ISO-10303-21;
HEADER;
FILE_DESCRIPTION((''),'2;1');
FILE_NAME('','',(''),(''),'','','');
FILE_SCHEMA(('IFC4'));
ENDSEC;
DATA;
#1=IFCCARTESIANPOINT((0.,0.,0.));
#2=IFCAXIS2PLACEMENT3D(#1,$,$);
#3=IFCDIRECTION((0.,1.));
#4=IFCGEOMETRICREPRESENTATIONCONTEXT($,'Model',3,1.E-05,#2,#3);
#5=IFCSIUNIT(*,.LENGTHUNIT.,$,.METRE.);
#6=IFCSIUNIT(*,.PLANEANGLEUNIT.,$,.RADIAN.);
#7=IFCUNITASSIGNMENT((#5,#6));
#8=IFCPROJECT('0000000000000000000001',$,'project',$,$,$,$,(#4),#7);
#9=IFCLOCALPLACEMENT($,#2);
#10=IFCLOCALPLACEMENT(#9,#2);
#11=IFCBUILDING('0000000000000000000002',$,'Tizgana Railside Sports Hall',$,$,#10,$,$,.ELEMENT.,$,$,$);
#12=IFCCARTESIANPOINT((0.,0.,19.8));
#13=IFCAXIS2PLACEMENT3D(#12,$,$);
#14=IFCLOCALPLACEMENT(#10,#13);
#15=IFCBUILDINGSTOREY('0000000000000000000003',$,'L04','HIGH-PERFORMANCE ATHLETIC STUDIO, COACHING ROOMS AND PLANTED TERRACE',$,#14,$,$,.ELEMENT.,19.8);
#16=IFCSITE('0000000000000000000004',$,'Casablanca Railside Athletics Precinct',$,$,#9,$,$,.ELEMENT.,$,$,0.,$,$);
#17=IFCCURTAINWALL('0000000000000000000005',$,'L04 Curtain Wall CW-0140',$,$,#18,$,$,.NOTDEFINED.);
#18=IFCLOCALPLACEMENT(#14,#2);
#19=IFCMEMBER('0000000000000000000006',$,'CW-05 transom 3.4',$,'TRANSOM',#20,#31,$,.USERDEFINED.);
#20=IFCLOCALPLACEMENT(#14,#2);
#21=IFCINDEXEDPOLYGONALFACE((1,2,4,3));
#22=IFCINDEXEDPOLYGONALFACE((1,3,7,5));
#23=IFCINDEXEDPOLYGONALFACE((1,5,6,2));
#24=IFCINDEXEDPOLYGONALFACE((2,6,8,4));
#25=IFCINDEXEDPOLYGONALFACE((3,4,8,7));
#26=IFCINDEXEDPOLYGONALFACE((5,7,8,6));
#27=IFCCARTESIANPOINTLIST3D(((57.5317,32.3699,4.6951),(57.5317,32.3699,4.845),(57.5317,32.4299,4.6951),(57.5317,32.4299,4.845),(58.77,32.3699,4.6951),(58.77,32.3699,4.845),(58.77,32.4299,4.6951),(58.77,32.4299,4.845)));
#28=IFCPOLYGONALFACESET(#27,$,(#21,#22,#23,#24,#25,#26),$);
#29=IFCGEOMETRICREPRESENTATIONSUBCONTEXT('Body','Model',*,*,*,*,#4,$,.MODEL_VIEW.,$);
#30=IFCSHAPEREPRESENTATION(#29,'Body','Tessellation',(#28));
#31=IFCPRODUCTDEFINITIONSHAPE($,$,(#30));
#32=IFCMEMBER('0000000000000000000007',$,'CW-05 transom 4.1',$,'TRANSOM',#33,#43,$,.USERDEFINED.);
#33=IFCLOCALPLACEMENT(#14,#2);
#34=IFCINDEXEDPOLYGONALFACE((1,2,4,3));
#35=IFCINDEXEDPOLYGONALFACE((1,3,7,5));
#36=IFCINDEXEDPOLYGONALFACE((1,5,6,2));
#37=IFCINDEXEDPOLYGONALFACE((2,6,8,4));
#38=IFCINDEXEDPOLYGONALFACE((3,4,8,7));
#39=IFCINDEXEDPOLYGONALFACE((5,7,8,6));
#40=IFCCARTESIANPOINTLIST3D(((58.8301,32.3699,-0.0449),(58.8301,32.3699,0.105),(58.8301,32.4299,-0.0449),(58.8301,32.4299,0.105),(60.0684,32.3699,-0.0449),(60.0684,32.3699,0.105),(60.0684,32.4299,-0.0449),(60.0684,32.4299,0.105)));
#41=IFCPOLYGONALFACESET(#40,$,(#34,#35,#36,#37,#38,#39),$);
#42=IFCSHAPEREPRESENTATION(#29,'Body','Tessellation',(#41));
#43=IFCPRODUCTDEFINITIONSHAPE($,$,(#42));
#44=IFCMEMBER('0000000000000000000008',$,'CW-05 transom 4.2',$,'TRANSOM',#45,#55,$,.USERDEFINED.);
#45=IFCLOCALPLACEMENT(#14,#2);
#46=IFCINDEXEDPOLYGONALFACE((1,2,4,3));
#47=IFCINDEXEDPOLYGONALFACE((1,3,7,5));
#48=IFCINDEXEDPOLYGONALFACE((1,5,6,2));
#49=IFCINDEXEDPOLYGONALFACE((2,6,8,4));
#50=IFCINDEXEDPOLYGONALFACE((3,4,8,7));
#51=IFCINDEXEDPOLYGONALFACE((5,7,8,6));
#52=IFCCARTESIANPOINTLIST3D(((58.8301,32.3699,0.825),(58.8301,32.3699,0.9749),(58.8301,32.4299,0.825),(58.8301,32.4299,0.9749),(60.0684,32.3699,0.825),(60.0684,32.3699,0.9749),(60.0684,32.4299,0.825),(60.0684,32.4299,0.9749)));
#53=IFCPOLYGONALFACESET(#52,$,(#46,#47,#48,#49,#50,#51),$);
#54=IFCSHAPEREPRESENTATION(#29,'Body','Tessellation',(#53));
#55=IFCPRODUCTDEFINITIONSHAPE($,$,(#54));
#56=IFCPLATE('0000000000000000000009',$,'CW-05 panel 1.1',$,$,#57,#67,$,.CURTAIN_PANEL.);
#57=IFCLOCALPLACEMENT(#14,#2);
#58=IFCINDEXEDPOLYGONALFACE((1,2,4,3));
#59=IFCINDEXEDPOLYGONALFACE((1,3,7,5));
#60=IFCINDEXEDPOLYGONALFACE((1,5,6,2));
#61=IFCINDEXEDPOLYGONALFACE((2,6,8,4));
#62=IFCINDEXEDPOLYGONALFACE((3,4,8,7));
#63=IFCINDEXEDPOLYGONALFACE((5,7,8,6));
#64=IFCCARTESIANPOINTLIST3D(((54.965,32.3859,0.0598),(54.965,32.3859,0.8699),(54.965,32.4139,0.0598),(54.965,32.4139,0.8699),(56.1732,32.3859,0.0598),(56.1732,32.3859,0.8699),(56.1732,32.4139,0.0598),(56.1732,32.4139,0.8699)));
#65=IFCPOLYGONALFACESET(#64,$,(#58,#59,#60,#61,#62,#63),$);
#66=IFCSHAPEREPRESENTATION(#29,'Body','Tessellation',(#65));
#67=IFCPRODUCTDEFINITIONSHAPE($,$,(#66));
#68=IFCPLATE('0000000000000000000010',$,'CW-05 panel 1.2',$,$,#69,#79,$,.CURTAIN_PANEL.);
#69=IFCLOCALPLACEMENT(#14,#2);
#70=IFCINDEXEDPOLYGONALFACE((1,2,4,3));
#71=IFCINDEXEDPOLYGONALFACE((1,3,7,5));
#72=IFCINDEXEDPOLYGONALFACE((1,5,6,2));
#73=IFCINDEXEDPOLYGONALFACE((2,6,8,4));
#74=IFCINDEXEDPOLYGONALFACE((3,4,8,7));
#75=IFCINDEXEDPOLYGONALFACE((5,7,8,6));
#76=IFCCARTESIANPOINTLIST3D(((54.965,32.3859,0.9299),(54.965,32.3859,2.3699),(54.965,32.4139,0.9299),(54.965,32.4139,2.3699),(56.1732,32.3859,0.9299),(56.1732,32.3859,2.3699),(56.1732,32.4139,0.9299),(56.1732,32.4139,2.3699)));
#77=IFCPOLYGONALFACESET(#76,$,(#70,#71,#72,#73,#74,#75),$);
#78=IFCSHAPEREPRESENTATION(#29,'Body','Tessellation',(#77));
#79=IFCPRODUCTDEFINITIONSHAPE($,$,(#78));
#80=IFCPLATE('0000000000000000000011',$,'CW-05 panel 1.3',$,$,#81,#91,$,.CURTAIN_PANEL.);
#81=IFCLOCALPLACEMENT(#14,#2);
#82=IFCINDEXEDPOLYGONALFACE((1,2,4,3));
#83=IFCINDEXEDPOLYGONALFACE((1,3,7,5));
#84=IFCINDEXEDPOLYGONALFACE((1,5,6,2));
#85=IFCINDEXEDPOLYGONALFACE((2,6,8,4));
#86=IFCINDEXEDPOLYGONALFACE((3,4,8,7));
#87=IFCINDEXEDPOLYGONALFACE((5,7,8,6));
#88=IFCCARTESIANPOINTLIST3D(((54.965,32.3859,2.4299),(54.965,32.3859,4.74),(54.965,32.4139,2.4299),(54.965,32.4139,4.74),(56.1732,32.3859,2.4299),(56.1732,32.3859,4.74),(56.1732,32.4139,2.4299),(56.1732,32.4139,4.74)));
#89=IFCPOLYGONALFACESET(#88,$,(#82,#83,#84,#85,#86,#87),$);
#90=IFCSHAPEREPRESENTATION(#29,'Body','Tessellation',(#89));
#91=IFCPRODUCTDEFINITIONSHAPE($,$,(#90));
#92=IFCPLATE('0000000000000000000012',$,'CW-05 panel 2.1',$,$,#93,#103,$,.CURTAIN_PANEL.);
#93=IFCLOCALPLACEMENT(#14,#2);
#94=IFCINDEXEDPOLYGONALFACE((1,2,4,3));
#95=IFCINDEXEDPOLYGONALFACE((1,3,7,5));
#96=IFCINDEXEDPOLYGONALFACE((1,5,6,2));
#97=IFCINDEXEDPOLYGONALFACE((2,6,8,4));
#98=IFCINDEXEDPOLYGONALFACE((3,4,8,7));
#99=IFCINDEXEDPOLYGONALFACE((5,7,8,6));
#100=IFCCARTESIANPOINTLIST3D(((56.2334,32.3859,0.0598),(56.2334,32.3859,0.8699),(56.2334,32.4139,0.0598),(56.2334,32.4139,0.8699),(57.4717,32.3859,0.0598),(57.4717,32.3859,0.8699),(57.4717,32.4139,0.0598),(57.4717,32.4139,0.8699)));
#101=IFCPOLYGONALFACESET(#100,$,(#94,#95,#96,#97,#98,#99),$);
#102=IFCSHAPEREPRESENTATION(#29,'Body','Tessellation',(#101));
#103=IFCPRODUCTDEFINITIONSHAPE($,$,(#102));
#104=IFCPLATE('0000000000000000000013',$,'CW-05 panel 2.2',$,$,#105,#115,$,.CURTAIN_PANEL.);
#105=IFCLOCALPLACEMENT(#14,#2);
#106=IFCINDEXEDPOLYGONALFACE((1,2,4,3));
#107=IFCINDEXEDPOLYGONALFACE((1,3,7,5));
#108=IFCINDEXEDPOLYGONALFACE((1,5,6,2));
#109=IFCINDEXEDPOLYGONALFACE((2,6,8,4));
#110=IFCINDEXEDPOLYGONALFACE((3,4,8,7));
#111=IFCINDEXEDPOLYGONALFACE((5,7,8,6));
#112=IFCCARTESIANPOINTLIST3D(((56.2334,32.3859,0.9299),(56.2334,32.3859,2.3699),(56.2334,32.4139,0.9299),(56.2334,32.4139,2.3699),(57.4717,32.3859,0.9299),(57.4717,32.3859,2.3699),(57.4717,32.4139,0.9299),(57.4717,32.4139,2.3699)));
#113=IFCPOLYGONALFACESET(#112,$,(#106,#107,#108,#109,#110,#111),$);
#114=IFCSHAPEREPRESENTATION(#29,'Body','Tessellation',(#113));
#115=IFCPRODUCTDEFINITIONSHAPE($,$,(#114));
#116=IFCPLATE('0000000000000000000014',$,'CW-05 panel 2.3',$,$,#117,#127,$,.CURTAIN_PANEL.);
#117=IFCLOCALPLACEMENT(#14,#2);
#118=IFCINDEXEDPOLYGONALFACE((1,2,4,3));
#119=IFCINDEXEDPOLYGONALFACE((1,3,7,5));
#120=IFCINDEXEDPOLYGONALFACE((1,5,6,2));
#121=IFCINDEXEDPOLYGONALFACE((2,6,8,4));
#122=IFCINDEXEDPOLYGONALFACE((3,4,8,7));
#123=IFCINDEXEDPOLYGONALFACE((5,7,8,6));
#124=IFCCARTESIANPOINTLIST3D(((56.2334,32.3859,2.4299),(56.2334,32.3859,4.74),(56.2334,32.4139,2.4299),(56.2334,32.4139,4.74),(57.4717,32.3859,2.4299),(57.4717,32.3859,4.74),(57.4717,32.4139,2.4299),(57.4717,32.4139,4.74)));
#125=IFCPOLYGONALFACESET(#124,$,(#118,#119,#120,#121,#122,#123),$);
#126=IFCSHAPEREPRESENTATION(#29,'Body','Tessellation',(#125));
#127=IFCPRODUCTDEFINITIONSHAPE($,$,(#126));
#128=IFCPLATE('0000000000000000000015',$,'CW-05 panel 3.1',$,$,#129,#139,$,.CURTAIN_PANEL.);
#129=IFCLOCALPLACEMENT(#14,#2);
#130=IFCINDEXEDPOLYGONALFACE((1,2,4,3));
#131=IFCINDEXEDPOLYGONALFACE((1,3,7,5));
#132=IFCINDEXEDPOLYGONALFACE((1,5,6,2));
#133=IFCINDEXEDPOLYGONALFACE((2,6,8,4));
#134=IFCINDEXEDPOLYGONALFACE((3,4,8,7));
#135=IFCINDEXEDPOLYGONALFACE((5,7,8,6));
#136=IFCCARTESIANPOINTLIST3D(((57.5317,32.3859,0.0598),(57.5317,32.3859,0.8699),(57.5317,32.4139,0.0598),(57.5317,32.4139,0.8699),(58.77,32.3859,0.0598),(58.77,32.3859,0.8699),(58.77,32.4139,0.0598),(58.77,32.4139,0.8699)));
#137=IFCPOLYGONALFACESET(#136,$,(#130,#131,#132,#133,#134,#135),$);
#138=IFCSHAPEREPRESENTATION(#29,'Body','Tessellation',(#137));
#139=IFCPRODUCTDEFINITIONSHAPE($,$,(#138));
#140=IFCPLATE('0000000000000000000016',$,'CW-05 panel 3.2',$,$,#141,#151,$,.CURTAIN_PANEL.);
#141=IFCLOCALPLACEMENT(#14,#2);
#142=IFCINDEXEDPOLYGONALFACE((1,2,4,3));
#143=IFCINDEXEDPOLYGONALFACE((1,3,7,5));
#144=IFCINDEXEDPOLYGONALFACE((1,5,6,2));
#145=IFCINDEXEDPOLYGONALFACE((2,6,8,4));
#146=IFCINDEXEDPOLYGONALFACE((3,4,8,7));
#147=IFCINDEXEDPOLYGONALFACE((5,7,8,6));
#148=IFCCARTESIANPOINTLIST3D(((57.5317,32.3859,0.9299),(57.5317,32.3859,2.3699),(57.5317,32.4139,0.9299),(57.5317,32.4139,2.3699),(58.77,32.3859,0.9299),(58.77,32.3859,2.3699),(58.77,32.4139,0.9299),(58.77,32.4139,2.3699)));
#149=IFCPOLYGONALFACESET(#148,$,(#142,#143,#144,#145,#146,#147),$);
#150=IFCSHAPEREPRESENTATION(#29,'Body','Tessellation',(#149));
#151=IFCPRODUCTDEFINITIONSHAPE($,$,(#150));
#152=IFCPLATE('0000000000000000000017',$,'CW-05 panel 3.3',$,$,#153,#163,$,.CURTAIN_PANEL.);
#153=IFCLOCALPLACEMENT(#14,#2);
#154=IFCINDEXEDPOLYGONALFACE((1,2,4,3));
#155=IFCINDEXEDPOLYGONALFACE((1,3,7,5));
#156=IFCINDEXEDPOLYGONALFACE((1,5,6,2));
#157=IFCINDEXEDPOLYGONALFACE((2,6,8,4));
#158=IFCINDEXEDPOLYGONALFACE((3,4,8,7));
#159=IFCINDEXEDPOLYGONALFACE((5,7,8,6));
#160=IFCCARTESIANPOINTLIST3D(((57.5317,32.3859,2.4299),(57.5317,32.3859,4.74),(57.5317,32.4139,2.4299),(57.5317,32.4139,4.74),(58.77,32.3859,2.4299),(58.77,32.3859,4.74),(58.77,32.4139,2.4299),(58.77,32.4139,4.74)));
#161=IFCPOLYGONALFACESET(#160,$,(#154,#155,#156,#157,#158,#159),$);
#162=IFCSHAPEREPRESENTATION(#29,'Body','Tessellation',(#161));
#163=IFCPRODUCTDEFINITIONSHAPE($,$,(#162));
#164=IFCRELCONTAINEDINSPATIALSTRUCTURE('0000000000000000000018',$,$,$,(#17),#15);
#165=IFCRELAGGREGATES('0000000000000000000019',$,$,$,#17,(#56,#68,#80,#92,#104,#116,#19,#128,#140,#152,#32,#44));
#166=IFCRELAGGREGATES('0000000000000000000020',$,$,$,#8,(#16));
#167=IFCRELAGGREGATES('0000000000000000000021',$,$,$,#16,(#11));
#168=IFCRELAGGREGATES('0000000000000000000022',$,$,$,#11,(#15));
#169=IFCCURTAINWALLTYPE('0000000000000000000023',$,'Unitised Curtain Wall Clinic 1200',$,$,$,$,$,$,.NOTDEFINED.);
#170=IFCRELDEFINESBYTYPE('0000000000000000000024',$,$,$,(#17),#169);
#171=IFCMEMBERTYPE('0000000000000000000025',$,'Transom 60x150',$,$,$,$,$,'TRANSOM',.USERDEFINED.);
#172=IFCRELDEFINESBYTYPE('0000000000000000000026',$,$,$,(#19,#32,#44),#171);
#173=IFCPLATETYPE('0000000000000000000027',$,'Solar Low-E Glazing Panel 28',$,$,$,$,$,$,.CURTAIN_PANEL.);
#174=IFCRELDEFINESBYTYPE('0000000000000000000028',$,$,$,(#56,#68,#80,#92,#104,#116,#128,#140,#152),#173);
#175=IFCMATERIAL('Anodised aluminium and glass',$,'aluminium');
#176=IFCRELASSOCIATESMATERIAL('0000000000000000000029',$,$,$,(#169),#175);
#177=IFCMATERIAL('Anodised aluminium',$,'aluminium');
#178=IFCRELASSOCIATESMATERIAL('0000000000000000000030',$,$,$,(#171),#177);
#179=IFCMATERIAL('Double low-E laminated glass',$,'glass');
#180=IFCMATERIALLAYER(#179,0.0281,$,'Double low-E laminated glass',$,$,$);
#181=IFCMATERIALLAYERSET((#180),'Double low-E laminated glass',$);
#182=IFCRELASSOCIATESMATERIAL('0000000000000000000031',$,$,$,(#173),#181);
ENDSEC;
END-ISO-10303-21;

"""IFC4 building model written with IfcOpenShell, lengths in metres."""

from ifc_helpers import new_model, si_unit, direction, frame, origin, origin_2d, place, context, subcontext, project, spatial, rectangle, extrude, material, layer, layer_set, material_profile, profile_set, type_object, element, aggregate, save


model = new_model("IFC4")

# Units and contexts
model_context = context("Model", 3, precision=1e-05, world=origin(), true_north=direction((0.0, 1.0)))
body_context = subcontext(model_context, "Body", "Model", "MODEL_VIEW")
ifc_project = project(units=[si_unit("LENGTHUNIT", "METRE"), si_unit("PLANEANGLEUNIT", "RADIAN")], contexts=[model_context])

# Site, building, storey
site_placement = place(None, origin())
site = spatial("IfcSite", under=ifc_project, at=site_placement, Name="Casablanca Railside Athletics Precinct", CompositionType="ELEMENT", RefElevation=0.0)
building_placement = place(site_placement, origin())
building = spatial("IfcBuilding", under=site, at=building_placement, Name="Tizgana Railside Sports Hall", CompositionType="ELEMENT")
storey_placement = place(building_placement, frame((0.0, 0.0, 19.8)))
storey = spatial("IfcBuildingStorey", under=building, at=storey_placement, Name="L04", Description="HIGH-PERFORMANCE ATHLETIC STUDIO, COACHING ROOMS AND PLANTED TERRACE", CompositionType="ELEMENT", Elevation=19.8)

# Curtain wall
ifc_material_1 = material(Name="Anodised aluminium and glass", Category="aluminium")
curtain_wall_type = type_object("IfcCurtainWallType", Name="Unitised Curtain Wall Clinic 1200", PredefinedType="NOTDEFINED", material=ifc_material_1)
curtain_wall_placement = place(storey_placement, origin())
curtain_wall = element("IfcCurtainWall", 1, at=curtain_wall_placement, inside=storey, type_object=curtain_wall_type, Name="L04 Curtain Wall CW-0140", PredefinedType="NOTDEFINED")
ifc_material_2 = material(Name="Anodised aluminium", Category="aluminium")

# Members
ifc_material_profile_1 = material_profile(ifc_material_2, rectangle(XDim=0.0601, YDim=0.1499, at=origin_2d()), Name="Transom 60x150")
ifc_profile_set_1 = profile_set([ifc_material_profile_1], Name="Anodised aluminium")
member_type_1 = type_object("IfcMemberType", Name="Transom 60x150", ElementType="TRANSOM", PredefinedType="USERDEFINED", material=ifc_profile_set_1)
member_1_placement = place(storey_placement, frame((57.5317, 32.3999, 4.77), z_axis=(1.0, 0.0, 0.0), x_axis=(0.0, 1.0, 0.0)))
member_1 = element("IfcMember", 2, at=member_1_placement, type_object=member_type_1, Name="CW-05 transom 3.4", ObjectType="TRANSOM", PredefinedType="USERDEFINED", context=body_context, shape_type="SweptSolid", body=[
    extrude(rectangle(XDim=0.0601, YDim=0.1499, at=origin_2d()), origin(), (0.0, 0.0, 1.0), 1.2383),
])
member_2_placement = place(storey_placement, frame((58.8301, 32.3999, 0.03), z_axis=(1.0, 0.0, 0.0), x_axis=(0.0, 1.0, 0.0)))
member_2 = element("IfcMember", 3, at=member_2_placement, type_object=member_type_1, Name="CW-05 transom 4.1", ObjectType="TRANSOM", PredefinedType="USERDEFINED", context=body_context, shape_type="SweptSolid", body=[
    extrude(rectangle(XDim=0.0601, YDim=0.1499, at=origin_2d()), origin(), (0.0, 0.0, 1.0), 1.2383),
])
member_3_placement = place(storey_placement, frame((58.8301, 32.3999, 0.8999), z_axis=(1.0, 0.0, 0.0), x_axis=(0.0, 1.0, 0.0)))
member_3 = element("IfcMember", 4, at=member_3_placement, type_object=member_type_1, Name="CW-05 transom 4.2", ObjectType="TRANSOM", PredefinedType="USERDEFINED", context=body_context, shape_type="SweptSolid", body=[
    extrude(rectangle(XDim=0.0601, YDim=0.1499, at=origin_2d()), origin(), (0.0, 0.0, 1.0), 1.2383),
])

# Plates
ifc_material_3 = material(Name="Double low-E laminated glass", Category="glass")
ifc_layer_1 = layer(ifc_material_3, 0.0281, Name="Double low-E laminated glass")
ifc_layer_set_1 = layer_set([ifc_layer_1], Name="Double low-E laminated glass")
plate_type = type_object("IfcPlateType", Name="Solar Low-E Glazing Panel 28", PredefinedType="CURTAIN_PANEL", material=ifc_layer_set_1)
plate_1_placement = place(storey_placement, frame((55.5691, 32.3999, 0.0598), z_axis=(0.0, 0.0, 1.0), x_axis=(1.0, 0.0, 0.0)))
plate_1 = element("IfcPlate", 5, at=plate_1_placement, type_object=plate_type, Name="CW-05 panel 1.1", PredefinedType="CURTAIN_PANEL", context=body_context, shape_type="SweptSolid", body=[
    extrude(rectangle(XDim=1.2083, YDim=0.0281, at=origin_2d()), origin(), (0.0, 0.0, 1.0), 0.8101),
])
plate_2_placement = place(storey_placement, frame((55.5691, 32.3999, 0.9299), z_axis=(0.0, 0.0, 1.0), x_axis=(1.0, 0.0, 0.0)))
plate_2 = element("IfcPlate", 6, at=plate_2_placement, type_object=plate_type, Name="CW-05 panel 1.2", PredefinedType="CURTAIN_PANEL", context=body_context, shape_type="SweptSolid", body=[
    extrude(rectangle(XDim=1.2083, YDim=0.0281, at=origin_2d()), origin(), (0.0, 0.0, 1.0), 1.4399),
])
plate_3_placement = place(storey_placement, frame((55.5691, 32.3999, 2.4299), z_axis=(0.0, 0.0, 1.0), x_axis=(1.0, 0.0, 0.0)))
plate_3 = element("IfcPlate", 7, at=plate_3_placement, type_object=plate_type, Name="CW-05 panel 1.3", PredefinedType="CURTAIN_PANEL", context=body_context, shape_type="SweptSolid", body=[
    extrude(rectangle(XDim=1.2083, YDim=0.0281, at=origin_2d()), origin(), (0.0, 0.0, 1.0), 2.3101),
])
plate_4_placement = place(storey_placement, frame((56.8525, 32.3999, 0.0598), z_axis=(0.0, 0.0, 1.0), x_axis=(1.0, 0.0, 0.0)))
plate_4 = element("IfcPlate", 8, at=plate_4_placement, type_object=plate_type, Name="CW-05 panel 2.1", PredefinedType="CURTAIN_PANEL", context=body_context, shape_type="SweptSolid", body=[
    extrude(rectangle(XDim=1.2383, YDim=0.0281, at=origin_2d()), origin(), (0.0, 0.0, 1.0), 0.8101),
])
plate_5_placement = place(storey_placement, frame((56.8525, 32.3999, 0.9299), z_axis=(0.0, 0.0, 1.0), x_axis=(1.0, 0.0, 0.0)))
plate_5 = element("IfcPlate", 9, at=plate_5_placement, type_object=plate_type, Name="CW-05 panel 2.2", PredefinedType="CURTAIN_PANEL", context=body_context, shape_type="SweptSolid", body=[
    extrude(rectangle(XDim=1.2383, YDim=0.0281, at=origin_2d()), origin(), (0.0, 0.0, 1.0), 1.4399),
])
plate_6_placement = place(storey_placement, frame((56.8525, 32.3999, 2.4299), z_axis=(0.0, 0.0, 1.0), x_axis=(1.0, 0.0, 0.0)))
plate_6 = element("IfcPlate", 10, at=plate_6_placement, type_object=plate_type, Name="CW-05 panel 2.3", PredefinedType="CURTAIN_PANEL", context=body_context, shape_type="SweptSolid", body=[
    extrude(rectangle(XDim=1.2383, YDim=0.0281, at=origin_2d()), origin(), (0.0, 0.0, 1.0), 2.3101),
])
plate_7_placement = place(storey_placement, frame((58.1509, 32.3999, 0.0598), z_axis=(0.0, 0.0, 1.0), x_axis=(1.0, 0.0, 0.0)))
plate_7 = element("IfcPlate", 11, at=plate_7_placement, type_object=plate_type, Name="CW-05 panel 3.1", PredefinedType="CURTAIN_PANEL", context=body_context, shape_type="SweptSolid", body=[
    extrude(rectangle(XDim=1.2383, YDim=0.0281, at=origin_2d()), origin(), (0.0, 0.0, 1.0), 0.8101),
])
plate_8_placement = place(storey_placement, frame((58.1509, 32.3999, 0.9299), z_axis=(0.0, 0.0, 1.0), x_axis=(1.0, 0.0, 0.0)))
plate_8 = element("IfcPlate", 12, at=plate_8_placement, type_object=plate_type, Name="CW-05 panel 3.2", PredefinedType="CURTAIN_PANEL", context=body_context, shape_type="SweptSolid", body=[
    extrude(rectangle(XDim=1.2383, YDim=0.0281, at=origin_2d()), origin(), (0.0, 0.0, 1.0), 1.4399),
])
plate_9_placement = place(storey_placement, frame((58.1509, 32.3999, 2.4299), z_axis=(0.0, 0.0, 1.0), x_axis=(1.0, 0.0, 0.0)))
plate_9 = element("IfcPlate", 13, at=plate_9_placement, type_object=plate_type, Name="CW-05 panel 3.3", PredefinedType="CURTAIN_PANEL", context=body_context, shape_type="SweptSolid", body=[
    extrude(rectangle(XDim=1.2383, YDim=0.0281, at=origin_2d()), origin(), (0.0, 0.0, 1.0), 2.3101),
])
aggregate(curtain_wall, [plate_1, plate_2, plate_3, plate_4, plate_5, plate_6, member_1, plate_7, plate_8, plate_9, member_2, member_3])

save(model, "model.ifc")
